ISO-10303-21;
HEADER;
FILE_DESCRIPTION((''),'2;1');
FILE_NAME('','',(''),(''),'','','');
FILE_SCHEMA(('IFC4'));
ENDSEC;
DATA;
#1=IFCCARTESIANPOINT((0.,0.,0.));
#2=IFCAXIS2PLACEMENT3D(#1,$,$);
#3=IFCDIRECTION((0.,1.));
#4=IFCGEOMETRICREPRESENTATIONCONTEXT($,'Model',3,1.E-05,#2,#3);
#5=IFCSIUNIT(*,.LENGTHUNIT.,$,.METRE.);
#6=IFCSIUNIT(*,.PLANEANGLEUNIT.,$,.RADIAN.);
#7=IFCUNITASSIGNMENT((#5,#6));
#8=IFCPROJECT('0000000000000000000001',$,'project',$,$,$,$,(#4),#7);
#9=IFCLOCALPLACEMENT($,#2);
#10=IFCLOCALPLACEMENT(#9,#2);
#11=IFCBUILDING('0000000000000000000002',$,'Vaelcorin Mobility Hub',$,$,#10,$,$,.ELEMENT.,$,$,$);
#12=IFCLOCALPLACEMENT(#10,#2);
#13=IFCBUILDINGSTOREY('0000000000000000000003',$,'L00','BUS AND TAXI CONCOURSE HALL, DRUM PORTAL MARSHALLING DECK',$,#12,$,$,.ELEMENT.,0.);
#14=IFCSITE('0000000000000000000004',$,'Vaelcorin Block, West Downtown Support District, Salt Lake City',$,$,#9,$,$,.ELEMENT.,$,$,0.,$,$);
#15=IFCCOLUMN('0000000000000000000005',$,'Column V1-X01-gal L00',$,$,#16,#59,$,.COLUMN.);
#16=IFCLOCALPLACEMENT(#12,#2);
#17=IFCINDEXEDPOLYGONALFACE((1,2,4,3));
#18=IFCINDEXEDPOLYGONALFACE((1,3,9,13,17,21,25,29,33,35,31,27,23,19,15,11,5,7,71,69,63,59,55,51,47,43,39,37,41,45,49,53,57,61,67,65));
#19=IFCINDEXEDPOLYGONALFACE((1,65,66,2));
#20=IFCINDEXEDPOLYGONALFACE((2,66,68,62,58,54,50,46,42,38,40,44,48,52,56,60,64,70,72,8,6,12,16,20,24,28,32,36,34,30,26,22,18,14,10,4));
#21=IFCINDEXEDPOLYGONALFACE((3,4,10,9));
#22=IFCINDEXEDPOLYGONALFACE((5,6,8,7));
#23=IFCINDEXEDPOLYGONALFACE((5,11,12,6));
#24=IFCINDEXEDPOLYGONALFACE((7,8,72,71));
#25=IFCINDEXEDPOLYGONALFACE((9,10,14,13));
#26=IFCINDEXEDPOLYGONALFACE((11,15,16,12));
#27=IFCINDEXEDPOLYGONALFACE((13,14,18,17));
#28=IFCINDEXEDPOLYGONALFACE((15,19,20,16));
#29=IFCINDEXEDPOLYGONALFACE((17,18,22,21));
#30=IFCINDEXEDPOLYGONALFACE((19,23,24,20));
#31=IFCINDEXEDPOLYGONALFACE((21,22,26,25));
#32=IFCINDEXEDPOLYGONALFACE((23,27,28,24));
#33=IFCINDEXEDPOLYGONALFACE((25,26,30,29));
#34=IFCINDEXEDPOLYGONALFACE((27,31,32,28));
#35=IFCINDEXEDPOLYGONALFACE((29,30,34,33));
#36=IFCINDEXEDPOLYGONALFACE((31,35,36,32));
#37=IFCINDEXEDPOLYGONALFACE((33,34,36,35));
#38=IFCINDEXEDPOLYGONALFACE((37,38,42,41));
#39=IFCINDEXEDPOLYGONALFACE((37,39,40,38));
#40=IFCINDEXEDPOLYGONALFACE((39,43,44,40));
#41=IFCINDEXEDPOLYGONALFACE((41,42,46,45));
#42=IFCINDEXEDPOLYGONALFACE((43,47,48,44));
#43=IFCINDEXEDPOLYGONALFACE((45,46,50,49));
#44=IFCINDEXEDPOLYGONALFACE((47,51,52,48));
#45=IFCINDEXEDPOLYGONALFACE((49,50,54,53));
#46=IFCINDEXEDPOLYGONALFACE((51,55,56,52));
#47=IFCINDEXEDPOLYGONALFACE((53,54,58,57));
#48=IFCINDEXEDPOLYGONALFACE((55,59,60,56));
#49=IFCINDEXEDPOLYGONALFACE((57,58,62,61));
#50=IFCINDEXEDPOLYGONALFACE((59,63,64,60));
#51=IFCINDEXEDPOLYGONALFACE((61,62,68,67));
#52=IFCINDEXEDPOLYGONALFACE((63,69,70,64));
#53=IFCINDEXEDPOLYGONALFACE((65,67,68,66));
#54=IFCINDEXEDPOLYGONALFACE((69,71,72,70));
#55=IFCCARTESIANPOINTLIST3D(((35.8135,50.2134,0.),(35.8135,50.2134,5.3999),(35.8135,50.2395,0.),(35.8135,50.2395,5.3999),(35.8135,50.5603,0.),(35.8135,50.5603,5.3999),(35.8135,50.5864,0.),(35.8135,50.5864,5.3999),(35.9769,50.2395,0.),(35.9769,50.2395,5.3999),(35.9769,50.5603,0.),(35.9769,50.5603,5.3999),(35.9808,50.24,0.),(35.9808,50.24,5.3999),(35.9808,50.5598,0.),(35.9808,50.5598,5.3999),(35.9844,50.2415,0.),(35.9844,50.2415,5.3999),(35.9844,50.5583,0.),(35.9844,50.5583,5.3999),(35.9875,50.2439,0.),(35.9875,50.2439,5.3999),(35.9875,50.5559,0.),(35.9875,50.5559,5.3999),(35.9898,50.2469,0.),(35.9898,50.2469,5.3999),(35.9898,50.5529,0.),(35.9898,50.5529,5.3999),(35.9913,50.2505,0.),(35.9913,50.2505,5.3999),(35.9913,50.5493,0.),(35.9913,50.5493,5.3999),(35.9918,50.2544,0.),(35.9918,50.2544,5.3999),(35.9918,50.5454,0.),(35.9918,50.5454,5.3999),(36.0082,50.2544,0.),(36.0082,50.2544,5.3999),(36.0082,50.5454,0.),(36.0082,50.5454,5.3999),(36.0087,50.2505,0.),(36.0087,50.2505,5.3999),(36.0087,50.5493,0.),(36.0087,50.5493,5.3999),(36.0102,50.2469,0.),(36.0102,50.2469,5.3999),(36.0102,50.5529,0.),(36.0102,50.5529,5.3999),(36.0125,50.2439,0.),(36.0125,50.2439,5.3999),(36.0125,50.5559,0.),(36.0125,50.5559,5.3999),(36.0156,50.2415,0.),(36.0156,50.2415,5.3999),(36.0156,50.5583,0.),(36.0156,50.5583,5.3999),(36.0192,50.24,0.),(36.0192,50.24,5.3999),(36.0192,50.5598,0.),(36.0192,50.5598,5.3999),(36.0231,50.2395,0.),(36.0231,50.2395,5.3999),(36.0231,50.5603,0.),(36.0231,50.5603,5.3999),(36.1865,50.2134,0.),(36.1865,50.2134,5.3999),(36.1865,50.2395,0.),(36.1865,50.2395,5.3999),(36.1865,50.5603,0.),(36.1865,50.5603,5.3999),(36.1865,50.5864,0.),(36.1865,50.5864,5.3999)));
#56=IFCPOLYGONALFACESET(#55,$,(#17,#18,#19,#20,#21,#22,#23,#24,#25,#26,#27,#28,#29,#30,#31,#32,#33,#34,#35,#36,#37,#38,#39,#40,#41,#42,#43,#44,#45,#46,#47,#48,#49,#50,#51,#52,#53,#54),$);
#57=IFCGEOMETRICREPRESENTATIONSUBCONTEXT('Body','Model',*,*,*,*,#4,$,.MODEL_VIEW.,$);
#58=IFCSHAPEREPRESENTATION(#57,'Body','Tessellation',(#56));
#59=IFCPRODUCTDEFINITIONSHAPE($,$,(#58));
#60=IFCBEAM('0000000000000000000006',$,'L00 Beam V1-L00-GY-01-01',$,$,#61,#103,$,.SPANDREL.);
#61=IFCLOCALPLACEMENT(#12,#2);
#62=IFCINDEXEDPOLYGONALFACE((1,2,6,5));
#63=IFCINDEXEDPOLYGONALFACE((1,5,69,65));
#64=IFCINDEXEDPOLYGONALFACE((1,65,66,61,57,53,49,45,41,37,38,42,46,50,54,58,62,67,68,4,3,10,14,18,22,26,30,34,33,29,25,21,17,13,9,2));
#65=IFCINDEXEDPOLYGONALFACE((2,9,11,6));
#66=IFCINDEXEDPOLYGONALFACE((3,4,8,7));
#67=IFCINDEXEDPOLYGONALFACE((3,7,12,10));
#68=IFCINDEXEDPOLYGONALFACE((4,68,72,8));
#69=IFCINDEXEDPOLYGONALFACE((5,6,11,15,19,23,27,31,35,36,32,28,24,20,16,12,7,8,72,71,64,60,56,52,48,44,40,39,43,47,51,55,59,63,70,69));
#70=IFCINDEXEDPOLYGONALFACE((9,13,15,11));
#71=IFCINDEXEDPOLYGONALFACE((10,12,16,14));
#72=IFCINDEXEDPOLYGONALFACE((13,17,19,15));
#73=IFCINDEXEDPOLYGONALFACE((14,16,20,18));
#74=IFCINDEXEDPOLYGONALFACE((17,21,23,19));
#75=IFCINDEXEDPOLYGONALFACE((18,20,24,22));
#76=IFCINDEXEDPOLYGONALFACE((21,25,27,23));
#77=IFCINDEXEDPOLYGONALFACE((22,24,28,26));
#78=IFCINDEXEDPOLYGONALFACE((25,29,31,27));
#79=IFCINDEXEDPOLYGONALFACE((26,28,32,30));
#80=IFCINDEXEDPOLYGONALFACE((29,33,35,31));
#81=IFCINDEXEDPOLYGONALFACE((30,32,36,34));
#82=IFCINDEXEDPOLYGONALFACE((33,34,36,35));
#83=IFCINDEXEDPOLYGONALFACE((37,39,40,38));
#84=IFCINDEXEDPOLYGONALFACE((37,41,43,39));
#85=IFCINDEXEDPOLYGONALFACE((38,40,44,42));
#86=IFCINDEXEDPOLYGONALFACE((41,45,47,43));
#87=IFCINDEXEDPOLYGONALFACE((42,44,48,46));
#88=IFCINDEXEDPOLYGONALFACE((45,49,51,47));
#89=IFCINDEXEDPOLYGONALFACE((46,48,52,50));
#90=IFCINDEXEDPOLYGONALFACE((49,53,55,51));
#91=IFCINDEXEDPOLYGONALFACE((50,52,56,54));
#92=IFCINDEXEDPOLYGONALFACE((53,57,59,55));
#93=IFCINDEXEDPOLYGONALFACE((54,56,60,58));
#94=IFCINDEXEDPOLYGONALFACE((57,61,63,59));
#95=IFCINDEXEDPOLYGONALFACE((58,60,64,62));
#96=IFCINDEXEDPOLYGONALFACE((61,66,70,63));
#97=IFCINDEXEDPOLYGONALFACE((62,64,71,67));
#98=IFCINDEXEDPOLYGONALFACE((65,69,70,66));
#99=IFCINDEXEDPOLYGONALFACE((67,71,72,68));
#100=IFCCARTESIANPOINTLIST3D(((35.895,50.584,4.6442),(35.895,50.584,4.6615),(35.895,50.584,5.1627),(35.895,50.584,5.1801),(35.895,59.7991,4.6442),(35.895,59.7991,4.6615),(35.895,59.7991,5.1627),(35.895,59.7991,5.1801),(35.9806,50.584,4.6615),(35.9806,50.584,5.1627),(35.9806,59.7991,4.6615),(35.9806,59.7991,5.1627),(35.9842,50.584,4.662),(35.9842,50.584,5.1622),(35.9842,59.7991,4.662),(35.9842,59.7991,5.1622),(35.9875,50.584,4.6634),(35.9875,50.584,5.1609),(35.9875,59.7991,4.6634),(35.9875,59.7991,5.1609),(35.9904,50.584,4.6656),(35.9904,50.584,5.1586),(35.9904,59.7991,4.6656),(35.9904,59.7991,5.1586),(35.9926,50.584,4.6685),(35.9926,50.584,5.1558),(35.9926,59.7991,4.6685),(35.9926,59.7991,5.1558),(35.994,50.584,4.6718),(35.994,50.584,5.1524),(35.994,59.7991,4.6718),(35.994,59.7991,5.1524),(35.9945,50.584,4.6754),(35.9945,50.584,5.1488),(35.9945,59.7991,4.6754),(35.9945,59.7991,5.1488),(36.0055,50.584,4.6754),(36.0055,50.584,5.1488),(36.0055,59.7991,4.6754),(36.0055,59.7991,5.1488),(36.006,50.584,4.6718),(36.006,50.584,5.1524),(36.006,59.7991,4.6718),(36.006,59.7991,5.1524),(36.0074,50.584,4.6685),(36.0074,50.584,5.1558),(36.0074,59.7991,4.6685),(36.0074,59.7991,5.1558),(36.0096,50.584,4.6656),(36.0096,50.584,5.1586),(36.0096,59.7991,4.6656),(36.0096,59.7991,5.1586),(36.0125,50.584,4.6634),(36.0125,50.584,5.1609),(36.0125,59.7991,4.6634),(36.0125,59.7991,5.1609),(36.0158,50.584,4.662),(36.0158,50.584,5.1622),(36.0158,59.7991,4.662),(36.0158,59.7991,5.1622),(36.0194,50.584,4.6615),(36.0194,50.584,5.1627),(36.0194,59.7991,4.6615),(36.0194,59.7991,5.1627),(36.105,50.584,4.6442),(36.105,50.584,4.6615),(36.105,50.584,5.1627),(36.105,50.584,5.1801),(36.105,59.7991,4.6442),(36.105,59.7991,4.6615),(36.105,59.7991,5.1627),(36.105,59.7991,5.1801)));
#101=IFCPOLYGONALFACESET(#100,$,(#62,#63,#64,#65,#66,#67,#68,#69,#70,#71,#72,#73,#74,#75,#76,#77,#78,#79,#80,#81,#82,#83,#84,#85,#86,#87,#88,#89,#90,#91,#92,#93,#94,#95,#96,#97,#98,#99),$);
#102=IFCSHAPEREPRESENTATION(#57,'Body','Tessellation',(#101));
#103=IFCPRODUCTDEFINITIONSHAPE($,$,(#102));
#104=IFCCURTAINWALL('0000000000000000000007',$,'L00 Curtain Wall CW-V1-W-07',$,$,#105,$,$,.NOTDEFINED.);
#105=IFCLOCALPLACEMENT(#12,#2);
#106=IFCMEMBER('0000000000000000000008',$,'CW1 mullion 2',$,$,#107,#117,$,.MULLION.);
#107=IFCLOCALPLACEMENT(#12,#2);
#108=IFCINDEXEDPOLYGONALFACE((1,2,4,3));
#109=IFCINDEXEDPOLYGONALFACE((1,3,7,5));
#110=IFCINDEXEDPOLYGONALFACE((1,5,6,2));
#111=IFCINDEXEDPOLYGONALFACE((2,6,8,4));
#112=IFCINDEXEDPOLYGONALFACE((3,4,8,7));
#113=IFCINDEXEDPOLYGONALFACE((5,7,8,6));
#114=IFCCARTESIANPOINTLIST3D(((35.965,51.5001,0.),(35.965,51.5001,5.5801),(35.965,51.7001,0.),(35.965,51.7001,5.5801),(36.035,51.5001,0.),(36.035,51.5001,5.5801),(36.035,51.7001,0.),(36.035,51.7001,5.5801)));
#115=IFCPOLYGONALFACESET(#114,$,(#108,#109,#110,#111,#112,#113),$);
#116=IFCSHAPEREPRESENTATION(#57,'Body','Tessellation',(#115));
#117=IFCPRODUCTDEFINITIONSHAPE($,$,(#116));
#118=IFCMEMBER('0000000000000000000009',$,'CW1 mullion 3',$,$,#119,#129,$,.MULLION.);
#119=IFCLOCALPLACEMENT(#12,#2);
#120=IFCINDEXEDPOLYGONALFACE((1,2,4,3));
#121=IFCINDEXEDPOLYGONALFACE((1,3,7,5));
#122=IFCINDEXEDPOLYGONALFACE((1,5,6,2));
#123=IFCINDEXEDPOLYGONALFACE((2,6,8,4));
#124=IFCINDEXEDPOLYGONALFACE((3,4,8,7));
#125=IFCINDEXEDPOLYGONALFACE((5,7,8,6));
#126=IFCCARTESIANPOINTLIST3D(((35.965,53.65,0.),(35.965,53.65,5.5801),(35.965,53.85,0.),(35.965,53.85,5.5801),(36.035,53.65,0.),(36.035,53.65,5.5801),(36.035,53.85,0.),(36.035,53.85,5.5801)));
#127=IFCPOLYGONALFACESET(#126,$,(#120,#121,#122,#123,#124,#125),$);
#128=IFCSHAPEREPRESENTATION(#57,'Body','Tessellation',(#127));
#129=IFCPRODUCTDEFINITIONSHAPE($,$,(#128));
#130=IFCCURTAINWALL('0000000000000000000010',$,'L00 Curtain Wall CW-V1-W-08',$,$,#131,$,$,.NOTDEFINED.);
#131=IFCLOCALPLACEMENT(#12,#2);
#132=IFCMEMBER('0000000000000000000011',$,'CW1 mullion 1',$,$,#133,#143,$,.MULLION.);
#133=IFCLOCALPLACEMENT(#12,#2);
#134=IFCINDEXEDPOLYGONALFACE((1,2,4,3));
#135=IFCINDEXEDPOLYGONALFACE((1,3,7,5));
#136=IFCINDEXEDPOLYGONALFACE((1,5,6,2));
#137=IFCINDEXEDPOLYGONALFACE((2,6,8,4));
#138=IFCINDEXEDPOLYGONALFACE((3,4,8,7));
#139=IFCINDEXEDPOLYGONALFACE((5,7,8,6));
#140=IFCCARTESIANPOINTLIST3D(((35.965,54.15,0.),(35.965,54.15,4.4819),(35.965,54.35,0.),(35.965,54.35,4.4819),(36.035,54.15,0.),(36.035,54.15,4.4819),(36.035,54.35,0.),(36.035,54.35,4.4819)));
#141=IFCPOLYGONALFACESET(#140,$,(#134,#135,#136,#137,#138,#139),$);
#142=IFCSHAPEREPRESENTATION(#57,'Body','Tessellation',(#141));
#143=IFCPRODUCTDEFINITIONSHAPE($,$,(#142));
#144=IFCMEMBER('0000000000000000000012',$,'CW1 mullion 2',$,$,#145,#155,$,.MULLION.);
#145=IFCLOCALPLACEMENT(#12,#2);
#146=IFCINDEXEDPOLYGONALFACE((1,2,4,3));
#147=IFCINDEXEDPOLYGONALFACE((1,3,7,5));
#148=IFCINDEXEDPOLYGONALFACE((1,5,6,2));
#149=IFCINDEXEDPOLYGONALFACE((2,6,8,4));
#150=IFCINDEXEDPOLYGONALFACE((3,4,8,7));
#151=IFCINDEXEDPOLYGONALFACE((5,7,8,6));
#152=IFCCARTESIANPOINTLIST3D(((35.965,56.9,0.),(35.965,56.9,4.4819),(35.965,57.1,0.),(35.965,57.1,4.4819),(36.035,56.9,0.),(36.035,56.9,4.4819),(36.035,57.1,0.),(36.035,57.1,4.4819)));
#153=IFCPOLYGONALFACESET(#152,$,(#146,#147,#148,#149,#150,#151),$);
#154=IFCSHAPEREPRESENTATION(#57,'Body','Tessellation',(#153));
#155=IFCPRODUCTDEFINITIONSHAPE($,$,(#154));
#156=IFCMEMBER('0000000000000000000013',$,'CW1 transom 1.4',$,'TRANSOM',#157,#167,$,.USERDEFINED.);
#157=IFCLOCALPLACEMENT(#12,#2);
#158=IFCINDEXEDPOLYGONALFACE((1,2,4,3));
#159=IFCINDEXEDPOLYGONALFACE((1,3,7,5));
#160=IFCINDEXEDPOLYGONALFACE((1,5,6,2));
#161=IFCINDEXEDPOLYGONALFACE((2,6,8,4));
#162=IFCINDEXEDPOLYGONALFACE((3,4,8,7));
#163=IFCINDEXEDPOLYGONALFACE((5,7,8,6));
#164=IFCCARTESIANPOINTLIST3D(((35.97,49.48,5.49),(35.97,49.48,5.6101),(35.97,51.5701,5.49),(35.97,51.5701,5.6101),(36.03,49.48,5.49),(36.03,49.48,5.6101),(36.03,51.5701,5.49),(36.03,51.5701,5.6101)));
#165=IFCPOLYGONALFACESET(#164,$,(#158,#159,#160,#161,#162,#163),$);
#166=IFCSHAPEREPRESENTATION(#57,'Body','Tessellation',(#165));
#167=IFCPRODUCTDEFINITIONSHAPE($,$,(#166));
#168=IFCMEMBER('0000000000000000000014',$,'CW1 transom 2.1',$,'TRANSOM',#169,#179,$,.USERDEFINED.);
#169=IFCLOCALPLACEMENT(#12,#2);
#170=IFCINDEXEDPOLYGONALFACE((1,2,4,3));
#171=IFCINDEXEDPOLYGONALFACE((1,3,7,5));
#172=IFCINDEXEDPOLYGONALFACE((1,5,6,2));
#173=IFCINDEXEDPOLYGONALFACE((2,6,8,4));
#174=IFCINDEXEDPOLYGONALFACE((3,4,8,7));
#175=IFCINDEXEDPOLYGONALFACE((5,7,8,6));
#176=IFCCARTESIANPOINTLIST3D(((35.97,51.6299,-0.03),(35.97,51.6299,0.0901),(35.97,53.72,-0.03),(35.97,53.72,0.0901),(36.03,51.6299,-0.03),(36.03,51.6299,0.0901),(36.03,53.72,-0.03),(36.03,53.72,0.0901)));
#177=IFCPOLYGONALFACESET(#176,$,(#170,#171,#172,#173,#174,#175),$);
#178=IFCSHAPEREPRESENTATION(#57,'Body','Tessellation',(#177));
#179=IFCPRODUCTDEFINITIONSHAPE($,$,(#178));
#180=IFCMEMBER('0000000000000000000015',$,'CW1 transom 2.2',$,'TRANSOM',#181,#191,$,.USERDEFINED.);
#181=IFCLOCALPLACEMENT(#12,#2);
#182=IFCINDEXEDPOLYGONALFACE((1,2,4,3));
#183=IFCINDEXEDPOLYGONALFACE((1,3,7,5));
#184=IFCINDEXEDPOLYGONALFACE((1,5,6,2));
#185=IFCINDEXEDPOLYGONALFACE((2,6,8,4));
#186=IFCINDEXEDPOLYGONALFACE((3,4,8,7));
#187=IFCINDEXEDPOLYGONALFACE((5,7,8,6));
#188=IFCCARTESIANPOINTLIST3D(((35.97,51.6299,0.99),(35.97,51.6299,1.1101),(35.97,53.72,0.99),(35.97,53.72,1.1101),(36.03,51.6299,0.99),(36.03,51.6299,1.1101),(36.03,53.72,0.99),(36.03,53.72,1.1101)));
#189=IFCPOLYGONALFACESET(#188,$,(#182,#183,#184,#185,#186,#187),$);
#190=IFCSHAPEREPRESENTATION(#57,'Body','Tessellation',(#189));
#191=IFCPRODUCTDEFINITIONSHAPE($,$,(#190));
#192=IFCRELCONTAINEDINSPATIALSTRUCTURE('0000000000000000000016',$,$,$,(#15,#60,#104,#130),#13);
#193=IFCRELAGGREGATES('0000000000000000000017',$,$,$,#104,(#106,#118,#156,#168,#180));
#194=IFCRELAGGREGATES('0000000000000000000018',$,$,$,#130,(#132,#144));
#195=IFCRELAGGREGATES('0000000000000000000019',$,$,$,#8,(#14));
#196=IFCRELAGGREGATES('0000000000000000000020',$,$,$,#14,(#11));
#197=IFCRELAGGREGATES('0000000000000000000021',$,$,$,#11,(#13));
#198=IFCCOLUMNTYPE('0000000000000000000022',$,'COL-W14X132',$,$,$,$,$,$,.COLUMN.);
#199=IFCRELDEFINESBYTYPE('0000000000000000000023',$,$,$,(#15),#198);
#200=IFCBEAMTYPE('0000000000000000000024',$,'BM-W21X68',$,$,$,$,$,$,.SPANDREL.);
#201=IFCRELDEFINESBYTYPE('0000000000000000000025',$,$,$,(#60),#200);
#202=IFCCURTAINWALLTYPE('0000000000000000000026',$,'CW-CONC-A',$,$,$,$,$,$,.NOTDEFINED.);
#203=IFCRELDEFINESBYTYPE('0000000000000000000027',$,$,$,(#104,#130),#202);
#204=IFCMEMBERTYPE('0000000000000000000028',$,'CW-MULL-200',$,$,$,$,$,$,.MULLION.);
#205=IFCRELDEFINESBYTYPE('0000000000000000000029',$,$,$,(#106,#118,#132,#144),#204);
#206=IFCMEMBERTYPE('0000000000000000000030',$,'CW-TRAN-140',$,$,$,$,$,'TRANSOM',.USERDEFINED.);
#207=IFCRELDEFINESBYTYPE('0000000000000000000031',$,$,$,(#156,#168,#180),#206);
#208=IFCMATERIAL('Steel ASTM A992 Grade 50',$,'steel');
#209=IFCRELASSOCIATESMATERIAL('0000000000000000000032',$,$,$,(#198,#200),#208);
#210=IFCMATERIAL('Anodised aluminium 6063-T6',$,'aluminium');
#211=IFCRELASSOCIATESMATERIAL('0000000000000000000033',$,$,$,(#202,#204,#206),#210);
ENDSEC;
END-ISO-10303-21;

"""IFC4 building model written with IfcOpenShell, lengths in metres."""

from ifc_helpers import new_model, si_unit, direction, frame, origin, origin_2d, place, context, subcontext, project, spatial, rectangle, i_section, extrude, material, material_profile, profile_set, type_object, element, aggregate, save


model = new_model("IFC4")

# Units and contexts
model_context = context("Model", 3, precision=1e-05, world=origin(), true_north=direction((0.0, 1.0)))
body_context = subcontext(model_context, "Body", "Model", "MODEL_VIEW")
ifc_project = project(units=[si_unit("LENGTHUNIT", "METRE"), si_unit("PLANEANGLEUNIT", "RADIAN")], contexts=[model_context])

# Site, building, storey
site_placement = place(None, origin())
site = spatial("IfcSite", under=ifc_project, at=site_placement, Name="Vaelcorin Block, West Downtown Support District, Salt Lake City", CompositionType="ELEMENT", RefElevation=0.0)
building_placement = place(site_placement, origin())
building = spatial("IfcBuilding", under=site, at=building_placement, Name="Vaelcorin Mobility Hub", CompositionType="ELEMENT")
storey_placement = place(building_placement, origin())
storey = spatial("IfcBuildingStorey", under=building, at=storey_placement, Name="L00", Description="BUS AND TAXI CONCOURSE HALL, DRUM PORTAL MARSHALLING DECK", CompositionType="ELEMENT", Elevation=0.0)

# Column
ifc_material_1 = material(Name="Steel ASTM A992 Grade 50", Category="steel")
ifc_material_profile_1 = material_profile(ifc_material_1, i_section(OverallWidth=0.373, OverallDepth=0.373, WebThickness=0.0164, FlangeThickness=0.0261, FilletRadius=0.0149, at=origin_2d()), Name="W14X132")
ifc_profile_set_1 = profile_set([ifc_material_profile_1], Name="Steel ASTM A992 Grade 50")
column_type = type_object("IfcColumnType", Name="COL-W14X132", PredefinedType="COLUMN", material=ifc_profile_set_1)
column_placement = place(storey_placement, frame((36.0, 50.3999, 0.0), z_axis=(0.0, 0.0, 1.0), x_axis=(1.0, 0.0, 0.0)))
element("IfcColumn", 1, at=column_placement, inside=storey, type_object=column_type, Name="Column V1-X01-gal L00", PredefinedType="COLUMN", context=body_context, shape_type="SweptSolid", body=[
    extrude(i_section(OverallWidth=0.373, OverallDepth=0.373, WebThickness=0.0164, FlangeThickness=0.0261, FilletRadius=0.0149, at=origin_2d()), origin(), (0.0, 0.0, 1.0), 5.3999),
])

# Beam
ifc_material_profile_2 = material_profile(ifc_material_1, i_section(OverallWidth=0.21, OverallDepth=0.5359, WebThickness=0.011, FlangeThickness=0.0173, FilletRadius=0.0139, at=origin_2d()), Name="W21X68")
ifc_profile_set_2 = profile_set([ifc_material_profile_2], Name="Steel ASTM A992 Grade 50")
beam_type = type_object("IfcBeamType", Name="BM-W21X68", PredefinedType="SPANDREL", material=ifc_profile_set_2)
beam_placement = place(storey_placement, frame((36.0, 50.584, 4.9121), z_axis=(0.0, 1.0, 0.0), x_axis=(-1.0, 0.0, 0.0)))
element("IfcBeam", 2, at=beam_placement, inside=storey, type_object=beam_type, Name="L00 Beam V1-L00-GY-01-01", PredefinedType="SPANDREL", context=body_context, shape_type="SweptSolid", body=[
    extrude(i_section(OverallWidth=0.21, OverallDepth=0.5359, WebThickness=0.011, FlangeThickness=0.0173, FilletRadius=0.0139, at=origin_2d()), origin(), (0.0, 0.0, 1.0), 9.2151),
])

# Curtain walls, members
ifc_material_2 = material(Name="Anodised aluminium 6063-T6", Category="aluminium")
curtain_wall_type = type_object("IfcCurtainWallType", Name="CW-CONC-A", PredefinedType="NOTDEFINED", material=ifc_material_2)
curtain_wall_1_placement = place(storey_placement, origin())
curtain_wall_1 = element("IfcCurtainWall", 3, at=curtain_wall_1_placement, inside=storey, type_object=curtain_wall_type, Name="L00 Curtain Wall CW-V1-W-07", PredefinedType="NOTDEFINED")
ifc_material_profile_3 = material_profile(ifc_material_2, rectangle(XDim=0.0701, YDim=0.2, at=origin_2d()), Name="ALU-M70X200")
ifc_profile_set_3 = profile_set([ifc_material_profile_3], Name="Anodised aluminium 6063-T6")
member_type_1 = type_object("IfcMemberType", Name="CW-MULL-200", PredefinedType="MULLION", material=ifc_profile_set_3)
member_1_placement = place(storey_placement, frame((36.0, 51.6001, 0.0), z_axis=(0.0, 0.0, 1.0), x_axis=(-1.0, 0.0, 0.0)))
member_1 = element("IfcMember", 4, at=member_1_placement, type_object=member_type_1, Name="CW1 mullion 2", PredefinedType="MULLION", context=body_context, shape_type="SweptSolid", body=[
    extrude(rectangle(XDim=0.0701, YDim=0.2, at=origin_2d()), origin(), (0.0, 0.0, 1.0), 5.5801),
])
member_2_placement = place(storey_placement, frame((36.0, 53.75, 0.0), z_axis=(0.0, 0.0, 1.0), x_axis=(-1.0, 0.0, 0.0)))
member_2 = element("IfcMember", 5, at=member_2_placement, type_object=member_type_1, Name="CW1 mullion 3", PredefinedType="MULLION", context=body_context, shape_type="SweptSolid", body=[
    extrude(rectangle(XDim=0.0701, YDim=0.2, at=origin_2d()), origin(), (0.0, 0.0, 1.0), 5.5801),
])
curtain_wall_2_placement = place(storey_placement, origin())
curtain_wall_2 = element("IfcCurtainWall", 6, at=curtain_wall_2_placement, inside=storey, type_object=curtain_wall_type, Name="L00 Curtain Wall CW-V1-W-08", PredefinedType="NOTDEFINED")
member_3_placement = place(storey_placement, frame((36.0, 54.25, 0.0), z_axis=(0.0, 0.0, 1.0), x_axis=(-1.0, 0.0, 0.0)))
member_3 = element("IfcMember", 7, at=member_3_placement, type_object=member_type_1, Name="CW1 mullion 1", PredefinedType="MULLION", context=body_context, shape_type="SweptSolid", body=[
    extrude(rectangle(XDim=0.0701, YDim=0.2, at=origin_2d()), origin(), (0.0, 0.0, 1.0), 4.4819),
])
member_4_placement = place(storey_placement, frame((36.0, 57.0, 0.0), z_axis=(0.0, 0.0, 1.0), x_axis=(-1.0, 0.0, 0.0)))
member_4 = element("IfcMember", 8, at=member_4_placement, type_object=member_type_1, Name="CW1 mullion 2", PredefinedType="MULLION", context=body_context, shape_type="SweptSolid", body=[
    extrude(rectangle(XDim=0.0701, YDim=0.2, at=origin_2d()), origin(), (0.0, 0.0, 1.0), 4.4819),
])

# Members
ifc_material_profile_4 = material_profile(ifc_material_2, rectangle(XDim=0.0601, YDim=0.1201, at=origin_2d()), Name="ALU-T60X120")
ifc_profile_set_4 = profile_set([ifc_material_profile_4], Name="Anodised aluminium 6063-T6")
member_type_2 = type_object("IfcMemberType", Name="CW-TRAN-140", ElementType="TRANSOM", PredefinedType="USERDEFINED", material=ifc_profile_set_4)
member_5_placement = place(storey_placement, frame((36.0, 49.48, 5.55), z_axis=(0.0, 1.0, 0.0), x_axis=(-1.0, 0.0, 0.0)))
member_5 = element("IfcMember", 9, at=member_5_placement, type_object=member_type_2, Name="CW1 transom 1.4", ObjectType="TRANSOM", PredefinedType="USERDEFINED", context=body_context, shape_type="SweptSolid", body=[
    extrude(rectangle(XDim=0.0601, YDim=0.1201, at=origin_2d()), origin(), (0.0, 0.0, 1.0), 2.0901),
])
member_6_placement = place(storey_placement, frame((36.0, 51.6299, 0.03), z_axis=(0.0, 1.0, 0.0), x_axis=(-1.0, 0.0, 0.0)))
member_6 = element("IfcMember", 10, at=member_6_placement, type_object=member_type_2, Name="CW1 transom 2.1", ObjectType="TRANSOM", PredefinedType="USERDEFINED", context=body_context, shape_type="SweptSolid", body=[
    extrude(rectangle(XDim=0.0601, YDim=0.1201, at=origin_2d()), origin(), (0.0, 0.0, 1.0), 2.0901),
])
member_7_placement = place(storey_placement, frame((36.0, 51.6299, 1.05), z_axis=(0.0, 1.0, 0.0), x_axis=(-1.0, 0.0, 0.0)))
member_7 = element("IfcMember", 11, at=member_7_placement, type_object=member_type_2, Name="CW1 transom 2.2", ObjectType="TRANSOM", PredefinedType="USERDEFINED", context=body_context, shape_type="SweptSolid", body=[
    extrude(rectangle(XDim=0.0601, YDim=0.1201, at=origin_2d()), origin(), (0.0, 0.0, 1.0), 2.0901),
])

aggregate(curtain_wall_1, [member_1, member_2, member_5, member_6, member_7])
aggregate(curtain_wall_2, [member_3, member_4])

save(model, "model.ifc")
